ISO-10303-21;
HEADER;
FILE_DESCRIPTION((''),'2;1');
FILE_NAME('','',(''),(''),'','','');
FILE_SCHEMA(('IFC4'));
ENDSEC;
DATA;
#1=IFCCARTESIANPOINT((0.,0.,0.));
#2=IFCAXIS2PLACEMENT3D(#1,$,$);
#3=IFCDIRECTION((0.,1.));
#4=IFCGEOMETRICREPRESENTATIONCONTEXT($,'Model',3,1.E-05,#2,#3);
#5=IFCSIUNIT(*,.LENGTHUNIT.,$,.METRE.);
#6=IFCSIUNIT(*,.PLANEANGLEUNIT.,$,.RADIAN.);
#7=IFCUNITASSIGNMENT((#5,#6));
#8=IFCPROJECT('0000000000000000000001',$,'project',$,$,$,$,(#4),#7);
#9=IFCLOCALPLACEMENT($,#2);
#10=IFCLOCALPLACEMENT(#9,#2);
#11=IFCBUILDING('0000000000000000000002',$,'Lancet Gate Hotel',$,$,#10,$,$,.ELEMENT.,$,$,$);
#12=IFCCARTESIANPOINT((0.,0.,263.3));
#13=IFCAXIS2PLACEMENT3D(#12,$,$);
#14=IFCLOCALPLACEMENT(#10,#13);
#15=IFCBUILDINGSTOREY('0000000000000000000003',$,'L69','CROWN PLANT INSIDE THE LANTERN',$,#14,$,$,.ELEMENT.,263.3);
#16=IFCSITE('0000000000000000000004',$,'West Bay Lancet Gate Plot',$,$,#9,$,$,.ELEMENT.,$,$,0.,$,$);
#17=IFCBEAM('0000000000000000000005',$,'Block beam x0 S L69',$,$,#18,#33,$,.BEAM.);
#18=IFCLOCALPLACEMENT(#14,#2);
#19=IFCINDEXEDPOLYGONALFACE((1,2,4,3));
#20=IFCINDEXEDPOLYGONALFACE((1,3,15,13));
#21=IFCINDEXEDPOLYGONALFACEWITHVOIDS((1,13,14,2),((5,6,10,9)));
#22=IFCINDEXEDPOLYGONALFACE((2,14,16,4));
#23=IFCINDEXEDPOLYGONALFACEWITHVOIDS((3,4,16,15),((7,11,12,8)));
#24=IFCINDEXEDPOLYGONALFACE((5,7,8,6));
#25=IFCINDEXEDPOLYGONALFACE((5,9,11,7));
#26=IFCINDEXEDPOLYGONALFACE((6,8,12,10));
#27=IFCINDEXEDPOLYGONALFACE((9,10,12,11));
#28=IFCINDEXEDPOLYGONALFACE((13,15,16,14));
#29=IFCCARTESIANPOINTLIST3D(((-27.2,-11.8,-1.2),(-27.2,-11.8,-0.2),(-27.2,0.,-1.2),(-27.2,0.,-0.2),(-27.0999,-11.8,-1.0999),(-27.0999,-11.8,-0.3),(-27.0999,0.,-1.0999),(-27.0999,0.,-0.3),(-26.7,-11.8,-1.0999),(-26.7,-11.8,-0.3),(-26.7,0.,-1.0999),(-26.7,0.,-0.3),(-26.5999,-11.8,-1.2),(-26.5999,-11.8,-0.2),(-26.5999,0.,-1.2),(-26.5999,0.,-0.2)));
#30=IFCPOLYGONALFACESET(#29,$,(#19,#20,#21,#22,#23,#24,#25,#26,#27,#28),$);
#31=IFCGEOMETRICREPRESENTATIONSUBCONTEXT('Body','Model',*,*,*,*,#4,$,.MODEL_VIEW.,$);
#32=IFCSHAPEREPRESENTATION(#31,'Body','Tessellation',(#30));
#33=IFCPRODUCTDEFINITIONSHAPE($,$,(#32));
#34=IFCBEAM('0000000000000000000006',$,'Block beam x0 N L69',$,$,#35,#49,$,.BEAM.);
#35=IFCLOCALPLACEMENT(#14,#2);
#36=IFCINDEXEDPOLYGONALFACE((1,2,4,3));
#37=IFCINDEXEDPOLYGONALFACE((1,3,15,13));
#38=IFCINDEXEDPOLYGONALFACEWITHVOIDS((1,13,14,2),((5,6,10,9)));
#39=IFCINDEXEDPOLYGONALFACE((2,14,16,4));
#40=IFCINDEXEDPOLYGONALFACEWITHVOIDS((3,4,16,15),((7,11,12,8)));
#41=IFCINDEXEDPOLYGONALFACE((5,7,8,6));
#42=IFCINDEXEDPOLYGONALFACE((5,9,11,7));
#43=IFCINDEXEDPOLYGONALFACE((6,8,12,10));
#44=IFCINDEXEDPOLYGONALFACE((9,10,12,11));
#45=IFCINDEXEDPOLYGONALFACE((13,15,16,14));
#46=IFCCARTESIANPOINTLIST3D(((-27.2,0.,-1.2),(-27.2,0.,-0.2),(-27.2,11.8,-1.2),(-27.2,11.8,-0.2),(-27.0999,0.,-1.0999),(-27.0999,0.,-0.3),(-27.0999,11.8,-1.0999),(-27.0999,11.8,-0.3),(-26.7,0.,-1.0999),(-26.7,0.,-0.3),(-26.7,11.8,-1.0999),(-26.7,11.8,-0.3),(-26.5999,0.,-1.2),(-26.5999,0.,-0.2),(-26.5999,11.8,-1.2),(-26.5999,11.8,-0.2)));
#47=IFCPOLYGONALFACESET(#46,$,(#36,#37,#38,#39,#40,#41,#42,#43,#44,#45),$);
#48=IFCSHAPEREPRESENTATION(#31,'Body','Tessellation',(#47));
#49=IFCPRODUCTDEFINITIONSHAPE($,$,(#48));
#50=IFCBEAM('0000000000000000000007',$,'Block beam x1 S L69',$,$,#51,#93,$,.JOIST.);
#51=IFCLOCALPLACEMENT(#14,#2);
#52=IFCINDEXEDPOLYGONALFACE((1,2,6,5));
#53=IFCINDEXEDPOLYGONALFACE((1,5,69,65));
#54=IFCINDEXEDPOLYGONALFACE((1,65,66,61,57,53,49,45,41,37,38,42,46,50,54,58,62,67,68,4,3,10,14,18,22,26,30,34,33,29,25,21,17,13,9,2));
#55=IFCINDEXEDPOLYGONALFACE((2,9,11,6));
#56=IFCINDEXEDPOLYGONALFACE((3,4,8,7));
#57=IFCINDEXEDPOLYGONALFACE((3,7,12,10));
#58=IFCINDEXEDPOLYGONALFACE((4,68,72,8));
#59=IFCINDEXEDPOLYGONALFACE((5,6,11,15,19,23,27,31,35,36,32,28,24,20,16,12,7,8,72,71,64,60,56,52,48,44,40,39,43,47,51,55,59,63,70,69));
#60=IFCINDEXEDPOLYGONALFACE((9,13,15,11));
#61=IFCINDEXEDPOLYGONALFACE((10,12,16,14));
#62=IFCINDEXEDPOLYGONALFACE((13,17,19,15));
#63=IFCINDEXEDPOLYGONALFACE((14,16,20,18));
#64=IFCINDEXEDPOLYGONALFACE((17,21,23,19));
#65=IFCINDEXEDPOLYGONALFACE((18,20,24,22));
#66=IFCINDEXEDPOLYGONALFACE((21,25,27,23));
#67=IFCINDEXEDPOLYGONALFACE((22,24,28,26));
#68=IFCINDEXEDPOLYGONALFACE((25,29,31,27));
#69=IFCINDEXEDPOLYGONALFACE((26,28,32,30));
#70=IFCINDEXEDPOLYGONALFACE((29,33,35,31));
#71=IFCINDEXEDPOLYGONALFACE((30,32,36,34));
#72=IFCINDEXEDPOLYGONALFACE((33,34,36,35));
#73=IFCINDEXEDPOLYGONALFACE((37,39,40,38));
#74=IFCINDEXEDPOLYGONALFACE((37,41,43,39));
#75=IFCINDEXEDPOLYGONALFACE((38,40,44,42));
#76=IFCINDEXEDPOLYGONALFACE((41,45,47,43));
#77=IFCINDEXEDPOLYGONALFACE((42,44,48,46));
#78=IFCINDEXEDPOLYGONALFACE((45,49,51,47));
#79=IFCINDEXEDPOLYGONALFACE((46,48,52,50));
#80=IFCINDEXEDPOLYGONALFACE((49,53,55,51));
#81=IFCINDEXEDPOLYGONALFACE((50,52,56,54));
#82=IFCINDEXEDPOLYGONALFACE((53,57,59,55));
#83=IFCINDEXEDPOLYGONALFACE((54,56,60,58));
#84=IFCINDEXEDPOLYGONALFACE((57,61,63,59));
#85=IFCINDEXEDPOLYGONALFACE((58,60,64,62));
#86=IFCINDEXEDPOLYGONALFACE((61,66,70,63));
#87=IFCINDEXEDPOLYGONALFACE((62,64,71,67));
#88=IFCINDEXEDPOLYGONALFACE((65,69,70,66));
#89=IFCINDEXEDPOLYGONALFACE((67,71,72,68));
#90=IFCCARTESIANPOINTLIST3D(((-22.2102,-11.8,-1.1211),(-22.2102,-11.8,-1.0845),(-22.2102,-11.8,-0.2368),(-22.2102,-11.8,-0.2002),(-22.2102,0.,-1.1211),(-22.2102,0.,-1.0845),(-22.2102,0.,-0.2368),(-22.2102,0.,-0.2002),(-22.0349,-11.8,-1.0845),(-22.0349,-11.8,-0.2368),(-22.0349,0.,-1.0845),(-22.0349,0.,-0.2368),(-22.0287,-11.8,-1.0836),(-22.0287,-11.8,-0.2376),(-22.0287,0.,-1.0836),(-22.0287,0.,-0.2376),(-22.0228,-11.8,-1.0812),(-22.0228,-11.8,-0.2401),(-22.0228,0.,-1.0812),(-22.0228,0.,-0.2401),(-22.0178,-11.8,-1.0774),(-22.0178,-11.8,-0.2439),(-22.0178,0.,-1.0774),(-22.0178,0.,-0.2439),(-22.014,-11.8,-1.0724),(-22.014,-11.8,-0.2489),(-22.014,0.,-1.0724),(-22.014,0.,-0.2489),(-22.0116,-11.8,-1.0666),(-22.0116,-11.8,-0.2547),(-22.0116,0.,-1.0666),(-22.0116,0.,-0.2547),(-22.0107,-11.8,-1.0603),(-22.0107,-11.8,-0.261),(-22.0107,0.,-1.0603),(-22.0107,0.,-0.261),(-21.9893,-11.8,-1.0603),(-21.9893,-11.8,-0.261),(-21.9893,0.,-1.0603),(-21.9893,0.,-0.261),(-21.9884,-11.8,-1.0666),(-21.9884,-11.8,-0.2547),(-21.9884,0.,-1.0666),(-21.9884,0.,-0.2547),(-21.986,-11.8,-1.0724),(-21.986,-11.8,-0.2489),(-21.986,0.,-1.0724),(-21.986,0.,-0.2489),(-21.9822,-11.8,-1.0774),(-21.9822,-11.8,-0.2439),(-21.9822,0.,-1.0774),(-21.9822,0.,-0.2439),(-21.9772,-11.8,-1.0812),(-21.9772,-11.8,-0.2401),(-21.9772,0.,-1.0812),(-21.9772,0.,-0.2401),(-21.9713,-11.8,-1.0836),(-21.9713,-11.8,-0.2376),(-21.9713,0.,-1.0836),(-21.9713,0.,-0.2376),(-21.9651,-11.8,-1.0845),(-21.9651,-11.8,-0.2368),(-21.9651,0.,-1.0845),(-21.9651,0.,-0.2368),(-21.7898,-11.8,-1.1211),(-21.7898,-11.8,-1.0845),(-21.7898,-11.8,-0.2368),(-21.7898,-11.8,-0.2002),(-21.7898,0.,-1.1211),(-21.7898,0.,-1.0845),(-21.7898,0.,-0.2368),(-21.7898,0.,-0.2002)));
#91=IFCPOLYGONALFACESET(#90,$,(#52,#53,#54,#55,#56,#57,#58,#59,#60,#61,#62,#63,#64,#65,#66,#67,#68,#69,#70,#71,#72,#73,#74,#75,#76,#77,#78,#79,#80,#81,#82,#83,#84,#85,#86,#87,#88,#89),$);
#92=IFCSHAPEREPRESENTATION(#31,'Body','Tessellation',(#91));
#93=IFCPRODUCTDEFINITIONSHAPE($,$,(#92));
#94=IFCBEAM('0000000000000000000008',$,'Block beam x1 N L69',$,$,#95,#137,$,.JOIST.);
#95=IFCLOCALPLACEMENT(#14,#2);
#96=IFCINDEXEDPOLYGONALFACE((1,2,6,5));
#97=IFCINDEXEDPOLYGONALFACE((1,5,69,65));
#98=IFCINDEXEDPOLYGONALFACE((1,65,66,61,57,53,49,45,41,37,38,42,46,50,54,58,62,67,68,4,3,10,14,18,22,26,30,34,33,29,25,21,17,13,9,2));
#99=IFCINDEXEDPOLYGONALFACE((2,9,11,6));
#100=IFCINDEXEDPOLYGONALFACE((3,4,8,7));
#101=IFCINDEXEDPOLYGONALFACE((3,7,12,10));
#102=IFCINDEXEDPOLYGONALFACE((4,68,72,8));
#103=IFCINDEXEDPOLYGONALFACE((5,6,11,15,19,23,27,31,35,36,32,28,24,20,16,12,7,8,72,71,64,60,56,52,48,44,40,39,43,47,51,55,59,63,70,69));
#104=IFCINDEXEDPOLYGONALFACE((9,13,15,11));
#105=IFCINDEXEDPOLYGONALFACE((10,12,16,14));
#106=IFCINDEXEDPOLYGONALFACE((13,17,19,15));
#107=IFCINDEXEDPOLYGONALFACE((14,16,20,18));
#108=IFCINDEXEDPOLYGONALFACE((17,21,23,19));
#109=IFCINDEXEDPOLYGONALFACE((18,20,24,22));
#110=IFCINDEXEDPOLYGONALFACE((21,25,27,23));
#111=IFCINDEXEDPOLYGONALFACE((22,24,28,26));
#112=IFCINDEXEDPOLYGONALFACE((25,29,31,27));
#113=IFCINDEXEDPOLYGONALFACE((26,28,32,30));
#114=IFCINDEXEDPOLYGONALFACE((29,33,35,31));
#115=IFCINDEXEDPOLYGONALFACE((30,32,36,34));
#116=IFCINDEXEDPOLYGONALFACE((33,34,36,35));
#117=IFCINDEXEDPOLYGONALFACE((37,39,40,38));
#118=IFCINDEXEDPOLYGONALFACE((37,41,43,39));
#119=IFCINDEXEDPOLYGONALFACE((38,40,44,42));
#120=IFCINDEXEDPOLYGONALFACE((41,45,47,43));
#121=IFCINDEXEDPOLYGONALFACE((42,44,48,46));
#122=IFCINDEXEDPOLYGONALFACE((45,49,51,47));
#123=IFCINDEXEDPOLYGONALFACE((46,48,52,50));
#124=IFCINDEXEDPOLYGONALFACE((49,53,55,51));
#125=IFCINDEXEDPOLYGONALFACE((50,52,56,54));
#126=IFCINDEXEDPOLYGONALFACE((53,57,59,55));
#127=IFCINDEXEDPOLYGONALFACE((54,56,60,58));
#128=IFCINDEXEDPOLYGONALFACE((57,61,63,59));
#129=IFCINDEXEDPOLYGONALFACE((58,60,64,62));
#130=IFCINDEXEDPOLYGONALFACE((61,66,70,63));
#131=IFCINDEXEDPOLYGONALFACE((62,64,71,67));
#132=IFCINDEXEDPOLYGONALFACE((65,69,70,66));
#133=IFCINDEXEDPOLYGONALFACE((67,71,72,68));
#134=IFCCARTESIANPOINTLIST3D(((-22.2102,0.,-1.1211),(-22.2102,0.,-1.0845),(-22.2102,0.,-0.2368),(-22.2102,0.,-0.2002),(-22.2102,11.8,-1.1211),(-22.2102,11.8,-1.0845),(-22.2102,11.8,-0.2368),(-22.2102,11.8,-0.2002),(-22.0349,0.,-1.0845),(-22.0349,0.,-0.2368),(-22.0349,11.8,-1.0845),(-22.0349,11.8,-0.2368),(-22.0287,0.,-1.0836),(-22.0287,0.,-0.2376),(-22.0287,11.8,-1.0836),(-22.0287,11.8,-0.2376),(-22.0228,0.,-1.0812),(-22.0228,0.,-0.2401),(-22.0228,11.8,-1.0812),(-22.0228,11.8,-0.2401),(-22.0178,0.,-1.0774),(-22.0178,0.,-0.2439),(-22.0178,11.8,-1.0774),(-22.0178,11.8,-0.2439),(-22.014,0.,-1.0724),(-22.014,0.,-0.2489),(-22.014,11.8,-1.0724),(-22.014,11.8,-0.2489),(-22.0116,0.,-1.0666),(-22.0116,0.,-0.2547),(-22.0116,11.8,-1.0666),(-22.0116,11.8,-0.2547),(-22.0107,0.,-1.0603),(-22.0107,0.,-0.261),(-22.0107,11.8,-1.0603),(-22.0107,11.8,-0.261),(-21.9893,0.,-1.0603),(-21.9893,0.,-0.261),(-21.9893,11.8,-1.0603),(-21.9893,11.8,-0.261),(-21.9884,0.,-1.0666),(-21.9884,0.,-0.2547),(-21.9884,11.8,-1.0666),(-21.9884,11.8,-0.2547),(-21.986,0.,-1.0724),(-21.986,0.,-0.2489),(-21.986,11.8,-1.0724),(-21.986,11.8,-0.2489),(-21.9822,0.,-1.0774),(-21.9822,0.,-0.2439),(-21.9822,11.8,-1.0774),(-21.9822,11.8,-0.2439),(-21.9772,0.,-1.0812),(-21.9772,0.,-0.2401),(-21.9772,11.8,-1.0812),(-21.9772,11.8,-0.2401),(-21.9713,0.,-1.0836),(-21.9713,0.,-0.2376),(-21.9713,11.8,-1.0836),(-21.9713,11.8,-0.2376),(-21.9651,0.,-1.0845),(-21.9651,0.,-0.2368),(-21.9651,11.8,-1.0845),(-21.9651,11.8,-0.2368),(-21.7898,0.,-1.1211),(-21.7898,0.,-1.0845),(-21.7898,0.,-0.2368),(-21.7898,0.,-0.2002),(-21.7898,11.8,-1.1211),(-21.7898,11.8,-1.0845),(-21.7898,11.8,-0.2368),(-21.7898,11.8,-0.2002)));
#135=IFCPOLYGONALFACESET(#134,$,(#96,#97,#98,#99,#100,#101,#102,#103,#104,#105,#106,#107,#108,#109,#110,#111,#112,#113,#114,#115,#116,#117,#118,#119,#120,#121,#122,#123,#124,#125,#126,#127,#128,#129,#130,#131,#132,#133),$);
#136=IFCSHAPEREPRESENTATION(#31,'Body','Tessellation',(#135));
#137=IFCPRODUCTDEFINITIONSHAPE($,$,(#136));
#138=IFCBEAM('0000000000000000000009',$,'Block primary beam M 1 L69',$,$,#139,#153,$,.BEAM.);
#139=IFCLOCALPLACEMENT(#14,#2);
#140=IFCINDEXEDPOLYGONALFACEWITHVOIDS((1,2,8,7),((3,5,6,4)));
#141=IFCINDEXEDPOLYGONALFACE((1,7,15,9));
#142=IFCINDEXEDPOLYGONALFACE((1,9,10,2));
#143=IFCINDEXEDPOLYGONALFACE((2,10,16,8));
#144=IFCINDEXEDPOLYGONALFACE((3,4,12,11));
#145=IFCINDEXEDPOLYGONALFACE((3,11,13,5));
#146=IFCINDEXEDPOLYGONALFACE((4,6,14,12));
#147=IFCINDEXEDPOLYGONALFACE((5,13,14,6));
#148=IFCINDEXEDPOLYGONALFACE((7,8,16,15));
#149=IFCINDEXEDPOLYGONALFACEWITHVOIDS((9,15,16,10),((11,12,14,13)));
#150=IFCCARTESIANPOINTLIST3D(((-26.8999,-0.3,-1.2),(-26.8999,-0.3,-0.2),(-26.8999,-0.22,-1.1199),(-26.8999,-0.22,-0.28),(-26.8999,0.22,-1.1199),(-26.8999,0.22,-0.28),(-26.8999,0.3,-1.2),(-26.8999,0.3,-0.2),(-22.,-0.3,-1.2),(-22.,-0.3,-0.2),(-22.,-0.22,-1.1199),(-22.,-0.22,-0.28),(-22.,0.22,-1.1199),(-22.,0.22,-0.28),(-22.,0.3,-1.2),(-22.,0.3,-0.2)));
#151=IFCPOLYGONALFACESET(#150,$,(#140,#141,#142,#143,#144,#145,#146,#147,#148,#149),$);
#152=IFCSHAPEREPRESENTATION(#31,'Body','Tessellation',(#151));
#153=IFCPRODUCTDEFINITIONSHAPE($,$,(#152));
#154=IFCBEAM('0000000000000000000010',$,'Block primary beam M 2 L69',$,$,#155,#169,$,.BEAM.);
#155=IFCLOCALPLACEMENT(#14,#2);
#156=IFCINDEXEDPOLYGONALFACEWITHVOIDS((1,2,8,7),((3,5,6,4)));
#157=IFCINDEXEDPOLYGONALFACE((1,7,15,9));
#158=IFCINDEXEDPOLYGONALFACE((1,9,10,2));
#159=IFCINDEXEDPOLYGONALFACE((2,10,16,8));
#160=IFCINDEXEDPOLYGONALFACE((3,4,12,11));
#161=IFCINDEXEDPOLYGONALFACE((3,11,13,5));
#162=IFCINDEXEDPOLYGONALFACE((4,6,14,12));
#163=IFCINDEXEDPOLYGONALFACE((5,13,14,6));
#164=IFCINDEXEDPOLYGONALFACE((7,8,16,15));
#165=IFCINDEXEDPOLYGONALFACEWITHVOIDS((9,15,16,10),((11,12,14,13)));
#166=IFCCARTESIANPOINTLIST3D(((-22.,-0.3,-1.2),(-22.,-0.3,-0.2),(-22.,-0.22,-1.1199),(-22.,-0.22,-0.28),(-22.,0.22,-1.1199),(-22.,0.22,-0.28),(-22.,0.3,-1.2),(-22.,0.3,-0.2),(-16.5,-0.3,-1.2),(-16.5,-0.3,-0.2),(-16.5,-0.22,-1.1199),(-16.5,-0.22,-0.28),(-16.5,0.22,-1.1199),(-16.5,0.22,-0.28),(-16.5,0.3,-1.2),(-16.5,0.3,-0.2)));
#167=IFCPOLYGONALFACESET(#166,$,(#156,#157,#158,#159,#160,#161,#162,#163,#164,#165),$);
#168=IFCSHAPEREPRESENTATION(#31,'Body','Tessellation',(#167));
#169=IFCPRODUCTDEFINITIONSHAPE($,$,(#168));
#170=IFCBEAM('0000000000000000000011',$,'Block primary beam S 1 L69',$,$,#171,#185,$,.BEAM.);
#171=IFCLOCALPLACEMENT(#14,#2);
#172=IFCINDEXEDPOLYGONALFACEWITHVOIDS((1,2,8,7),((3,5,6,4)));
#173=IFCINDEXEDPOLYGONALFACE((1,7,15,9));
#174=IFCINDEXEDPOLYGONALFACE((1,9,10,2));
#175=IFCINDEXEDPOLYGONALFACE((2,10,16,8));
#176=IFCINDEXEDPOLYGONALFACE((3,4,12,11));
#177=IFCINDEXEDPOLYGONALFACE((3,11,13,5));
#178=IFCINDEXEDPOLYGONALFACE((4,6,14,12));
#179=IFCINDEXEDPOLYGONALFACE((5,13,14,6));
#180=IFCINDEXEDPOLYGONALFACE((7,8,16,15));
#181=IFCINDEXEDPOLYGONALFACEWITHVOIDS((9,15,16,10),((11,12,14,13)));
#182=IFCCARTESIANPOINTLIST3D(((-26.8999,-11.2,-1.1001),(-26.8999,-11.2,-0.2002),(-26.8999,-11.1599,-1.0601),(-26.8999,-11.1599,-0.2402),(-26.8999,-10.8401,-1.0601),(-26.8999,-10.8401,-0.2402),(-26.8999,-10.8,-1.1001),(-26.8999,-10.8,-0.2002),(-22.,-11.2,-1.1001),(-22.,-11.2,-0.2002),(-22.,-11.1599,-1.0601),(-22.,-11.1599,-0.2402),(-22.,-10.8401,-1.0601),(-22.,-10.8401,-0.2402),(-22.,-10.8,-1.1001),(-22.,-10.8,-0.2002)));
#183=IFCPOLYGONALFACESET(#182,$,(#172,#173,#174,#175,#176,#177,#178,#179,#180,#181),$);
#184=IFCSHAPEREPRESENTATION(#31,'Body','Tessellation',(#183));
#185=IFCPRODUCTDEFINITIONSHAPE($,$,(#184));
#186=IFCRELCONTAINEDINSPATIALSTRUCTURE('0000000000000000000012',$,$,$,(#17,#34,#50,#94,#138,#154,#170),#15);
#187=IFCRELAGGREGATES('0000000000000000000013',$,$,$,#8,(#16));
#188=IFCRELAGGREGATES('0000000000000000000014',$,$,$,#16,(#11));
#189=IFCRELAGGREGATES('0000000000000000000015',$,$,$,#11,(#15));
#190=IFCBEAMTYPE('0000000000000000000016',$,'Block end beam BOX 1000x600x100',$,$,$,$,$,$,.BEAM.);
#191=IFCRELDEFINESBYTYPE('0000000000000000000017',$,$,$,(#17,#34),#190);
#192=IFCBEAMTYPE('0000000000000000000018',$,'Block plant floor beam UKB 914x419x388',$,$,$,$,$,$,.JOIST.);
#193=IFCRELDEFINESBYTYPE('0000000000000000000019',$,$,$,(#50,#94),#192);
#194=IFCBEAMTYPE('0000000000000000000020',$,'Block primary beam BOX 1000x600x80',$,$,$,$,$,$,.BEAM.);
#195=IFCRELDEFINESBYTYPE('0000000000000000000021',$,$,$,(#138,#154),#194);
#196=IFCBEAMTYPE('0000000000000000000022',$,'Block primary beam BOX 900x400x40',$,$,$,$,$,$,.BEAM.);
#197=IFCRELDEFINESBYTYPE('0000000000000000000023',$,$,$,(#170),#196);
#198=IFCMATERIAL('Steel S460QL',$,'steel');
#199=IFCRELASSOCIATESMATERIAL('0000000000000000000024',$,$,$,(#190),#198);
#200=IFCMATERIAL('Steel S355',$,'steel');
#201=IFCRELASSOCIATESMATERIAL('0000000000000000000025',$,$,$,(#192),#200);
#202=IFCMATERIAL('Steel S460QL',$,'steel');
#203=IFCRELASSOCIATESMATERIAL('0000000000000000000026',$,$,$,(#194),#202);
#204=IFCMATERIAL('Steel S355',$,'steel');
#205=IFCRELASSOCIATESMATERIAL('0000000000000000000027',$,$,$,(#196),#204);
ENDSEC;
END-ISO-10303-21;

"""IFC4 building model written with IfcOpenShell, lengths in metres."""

from ifc_helpers import new_model, si_unit, direction, frame, origin, origin_2d, place, context, subcontext, project, spatial, hollow_rectangle, i_section, extrude, material, material_profile, profile_set, type_object, element, save


model = new_model("IFC4")

# Units and contexts
model_context = context("Model", 3, precision=1e-05, world=origin(), true_north=direction((0.0, 1.0)))
body_context = subcontext(model_context, "Body", "Model", "MODEL_VIEW")
ifc_project = project(units=[si_unit("LENGTHUNIT", "METRE"), si_unit("PLANEANGLEUNIT", "RADIAN")], contexts=[model_context])

# Site, building, storey
site_placement = place(None, origin())
site = spatial("IfcSite", under=ifc_project, at=site_placement, Name="West Bay Lancet Gate Plot", CompositionType="ELEMENT", RefElevation=0.0)
building_placement = place(site_placement, origin())
building = spatial("IfcBuilding", under=site, at=building_placement, Name="Lancet Gate Hotel", CompositionType="ELEMENT")
storey_placement = place(building_placement, frame((0.0, 0.0, 263.3)))
storey = spatial("IfcBuildingStorey", under=building, at=storey_placement, Name="L69", Description="CROWN PLANT INSIDE THE LANTERN", CompositionType="ELEMENT", Elevation=263.3)

# Beams
ifc_material_1 = material(Name="Steel S460QL", Category="steel")
ifc_material_profile_1 = material_profile(ifc_material_1, hollow_rectangle(XDim=0.6001, YDim=1.0, WallThickness=0.1001, at=origin_2d()), Name="BOX 1000x600x100")
ifc_profile_set_1 = profile_set([ifc_material_profile_1], Name="Steel S460QL")
beam_type_1 = type_object("IfcBeamType", Name="Block end beam BOX 1000x600x100", PredefinedType="BEAM", material=ifc_profile_set_1)
for number, where, z_axis, x_axis, name in (
    (1, (-26.8999, -11.8, -0.7), (0.0, 1.0, 0.0), (-1.0, 0.0, 0.0), "Block beam x0 S L69"),
    (2, (-26.8999, 0.0, -0.7), (0.0, 1.0, 0.0), (-1.0, 0.0, 0.0), "Block beam x0 N L69"),
):
    element("IfcBeam", number, at=place(storey_placement, frame(where, z_axis=z_axis, x_axis=x_axis)), inside=storey, type_object=beam_type_1, Name=name, PredefinedType="BEAM", context=body_context, shape_type="SweptSolid", body=[
        extrude(hollow_rectangle(XDim=0.6001, YDim=1.0, WallThickness=0.1001, at=origin_2d()), origin(), (0.0, 0.0, 1.0), 11.8),
    ])
ifc_material_2 = material(Name="Steel S355", Category="steel")
ifc_material_profile_2 = material_profile(ifc_material_2, i_section(OverallWidth=0.4204, OverallDepth=0.9209, WebThickness=0.0215, FlangeThickness=0.0366, FilletRadius=0.0242, at=origin_2d()), Name="UKB 914x419x388")
ifc_profile_set_2 = profile_set([ifc_material_profile_2], Name="Steel S355")
beam_type_2 = type_object("IfcBeamType", Name="Block plant floor beam UKB 914x419x388", PredefinedType="JOIST", material=ifc_profile_set_2)
for number, where, z_axis, x_axis, name in (
    (3, (-22.0, -11.8, -0.6606), (0.0, 1.0, 0.0), (-1.0, 0.0, 0.0), "Block beam x1 S L69"),
    (4, (-22.0, 0.0, -0.6606), (0.0, 1.0, 0.0), (-1.0, 0.0, 0.0), "Block beam x1 N L69"),
):
    element("IfcBeam", number, at=place(storey_placement, frame(where, z_axis=z_axis, x_axis=x_axis)), inside=storey, type_object=beam_type_2, Name=name, PredefinedType="JOIST", context=body_context, shape_type="SweptSolid", body=[
        extrude(i_section(OverallWidth=0.4204, OverallDepth=0.9209, WebThickness=0.0215, FlangeThickness=0.0366, FilletRadius=0.0242, at=origin_2d()), origin(), (0.0, 0.0, 1.0), 11.8),
    ])
ifc_material_3 = material(Name="Steel S460QL", Category="steel")
ifc_material_profile_3 = material_profile(ifc_material_3, hollow_rectangle(XDim=0.6001, YDim=1.0, WallThickness=0.0801, at=origin_2d()), Name="BOX 1000x600x80")
ifc_profile_set_3 = profile_set([ifc_material_profile_3], Name="Steel S460QL")
beam_type_3 = type_object("IfcBeamType", Name="Block primary beam BOX 1000x600x80", PredefinedType="BEAM", material=ifc_profile_set_3)
beam_1_placement = place(storey_placement, frame((-26.8999, 0.0, -0.7), z_axis=(1.0, 0.0, 0.0), x_axis=(0.0, 1.0, 0.0)))
element("IfcBeam", 5, at=beam_1_placement, inside=storey, type_object=beam_type_3, Name="Block primary beam M 1 L69", PredefinedType="BEAM", context=body_context, shape_type="SweptSolid", body=[
    extrude(hollow_rectangle(XDim=0.6001, YDim=1.0, WallThickness=0.0801, at=origin_2d()), origin(), (0.0, 0.0, 1.0), 4.8999),
])
beam_2_placement = place(storey_placement, frame((-22.0, 0.0, -0.7), z_axis=(1.0, 0.0, 0.0), x_axis=(0.0, 1.0, 0.0)))
element("IfcBeam", 6, at=beam_2_placement, inside=storey, type_object=beam_type_3, Name="Block primary beam M 2 L69", PredefinedType="BEAM", context=body_context, shape_type="SweptSolid", body=[
    extrude(hollow_rectangle(XDim=0.6001, YDim=1.0, WallThickness=0.0801, at=origin_2d()), origin(), (0.0, 0.0, 1.0), 5.5),
])
ifc_material_4 = material(Name="Steel S355", Category="steel")
ifc_material_profile_4 = material_profile(ifc_material_4, hollow_rectangle(XDim=0.3999, YDim=0.8999, WallThickness=0.04, at=origin_2d()), Name="BOX 900x400x40")
ifc_profile_set_4 = profile_set([ifc_material_profile_4], Name="Steel S355")
beam_type_4 = type_object("IfcBeamType", Name="Block primary beam BOX 900x400x40", PredefinedType="BEAM", material=ifc_profile_set_4)
beam_3_placement = place(storey_placement, frame((-26.8999, -11.0, -0.6501), z_axis=(1.0, 0.0, 0.0), x_axis=(0.0, 1.0, 0.0)))
element("IfcBeam", 7, at=beam_3_placement, inside=storey, type_object=beam_type_4, Name="Block primary beam S 1 L69", PredefinedType="BEAM", context=body_context, shape_type="SweptSolid", body=[
    extrude(hollow_rectangle(XDim=0.3999, YDim=0.8999, WallThickness=0.04, at=origin_2d()), origin(), (0.0, 0.0, 1.0), 4.8999),
])

save(model, "model.ifc")
